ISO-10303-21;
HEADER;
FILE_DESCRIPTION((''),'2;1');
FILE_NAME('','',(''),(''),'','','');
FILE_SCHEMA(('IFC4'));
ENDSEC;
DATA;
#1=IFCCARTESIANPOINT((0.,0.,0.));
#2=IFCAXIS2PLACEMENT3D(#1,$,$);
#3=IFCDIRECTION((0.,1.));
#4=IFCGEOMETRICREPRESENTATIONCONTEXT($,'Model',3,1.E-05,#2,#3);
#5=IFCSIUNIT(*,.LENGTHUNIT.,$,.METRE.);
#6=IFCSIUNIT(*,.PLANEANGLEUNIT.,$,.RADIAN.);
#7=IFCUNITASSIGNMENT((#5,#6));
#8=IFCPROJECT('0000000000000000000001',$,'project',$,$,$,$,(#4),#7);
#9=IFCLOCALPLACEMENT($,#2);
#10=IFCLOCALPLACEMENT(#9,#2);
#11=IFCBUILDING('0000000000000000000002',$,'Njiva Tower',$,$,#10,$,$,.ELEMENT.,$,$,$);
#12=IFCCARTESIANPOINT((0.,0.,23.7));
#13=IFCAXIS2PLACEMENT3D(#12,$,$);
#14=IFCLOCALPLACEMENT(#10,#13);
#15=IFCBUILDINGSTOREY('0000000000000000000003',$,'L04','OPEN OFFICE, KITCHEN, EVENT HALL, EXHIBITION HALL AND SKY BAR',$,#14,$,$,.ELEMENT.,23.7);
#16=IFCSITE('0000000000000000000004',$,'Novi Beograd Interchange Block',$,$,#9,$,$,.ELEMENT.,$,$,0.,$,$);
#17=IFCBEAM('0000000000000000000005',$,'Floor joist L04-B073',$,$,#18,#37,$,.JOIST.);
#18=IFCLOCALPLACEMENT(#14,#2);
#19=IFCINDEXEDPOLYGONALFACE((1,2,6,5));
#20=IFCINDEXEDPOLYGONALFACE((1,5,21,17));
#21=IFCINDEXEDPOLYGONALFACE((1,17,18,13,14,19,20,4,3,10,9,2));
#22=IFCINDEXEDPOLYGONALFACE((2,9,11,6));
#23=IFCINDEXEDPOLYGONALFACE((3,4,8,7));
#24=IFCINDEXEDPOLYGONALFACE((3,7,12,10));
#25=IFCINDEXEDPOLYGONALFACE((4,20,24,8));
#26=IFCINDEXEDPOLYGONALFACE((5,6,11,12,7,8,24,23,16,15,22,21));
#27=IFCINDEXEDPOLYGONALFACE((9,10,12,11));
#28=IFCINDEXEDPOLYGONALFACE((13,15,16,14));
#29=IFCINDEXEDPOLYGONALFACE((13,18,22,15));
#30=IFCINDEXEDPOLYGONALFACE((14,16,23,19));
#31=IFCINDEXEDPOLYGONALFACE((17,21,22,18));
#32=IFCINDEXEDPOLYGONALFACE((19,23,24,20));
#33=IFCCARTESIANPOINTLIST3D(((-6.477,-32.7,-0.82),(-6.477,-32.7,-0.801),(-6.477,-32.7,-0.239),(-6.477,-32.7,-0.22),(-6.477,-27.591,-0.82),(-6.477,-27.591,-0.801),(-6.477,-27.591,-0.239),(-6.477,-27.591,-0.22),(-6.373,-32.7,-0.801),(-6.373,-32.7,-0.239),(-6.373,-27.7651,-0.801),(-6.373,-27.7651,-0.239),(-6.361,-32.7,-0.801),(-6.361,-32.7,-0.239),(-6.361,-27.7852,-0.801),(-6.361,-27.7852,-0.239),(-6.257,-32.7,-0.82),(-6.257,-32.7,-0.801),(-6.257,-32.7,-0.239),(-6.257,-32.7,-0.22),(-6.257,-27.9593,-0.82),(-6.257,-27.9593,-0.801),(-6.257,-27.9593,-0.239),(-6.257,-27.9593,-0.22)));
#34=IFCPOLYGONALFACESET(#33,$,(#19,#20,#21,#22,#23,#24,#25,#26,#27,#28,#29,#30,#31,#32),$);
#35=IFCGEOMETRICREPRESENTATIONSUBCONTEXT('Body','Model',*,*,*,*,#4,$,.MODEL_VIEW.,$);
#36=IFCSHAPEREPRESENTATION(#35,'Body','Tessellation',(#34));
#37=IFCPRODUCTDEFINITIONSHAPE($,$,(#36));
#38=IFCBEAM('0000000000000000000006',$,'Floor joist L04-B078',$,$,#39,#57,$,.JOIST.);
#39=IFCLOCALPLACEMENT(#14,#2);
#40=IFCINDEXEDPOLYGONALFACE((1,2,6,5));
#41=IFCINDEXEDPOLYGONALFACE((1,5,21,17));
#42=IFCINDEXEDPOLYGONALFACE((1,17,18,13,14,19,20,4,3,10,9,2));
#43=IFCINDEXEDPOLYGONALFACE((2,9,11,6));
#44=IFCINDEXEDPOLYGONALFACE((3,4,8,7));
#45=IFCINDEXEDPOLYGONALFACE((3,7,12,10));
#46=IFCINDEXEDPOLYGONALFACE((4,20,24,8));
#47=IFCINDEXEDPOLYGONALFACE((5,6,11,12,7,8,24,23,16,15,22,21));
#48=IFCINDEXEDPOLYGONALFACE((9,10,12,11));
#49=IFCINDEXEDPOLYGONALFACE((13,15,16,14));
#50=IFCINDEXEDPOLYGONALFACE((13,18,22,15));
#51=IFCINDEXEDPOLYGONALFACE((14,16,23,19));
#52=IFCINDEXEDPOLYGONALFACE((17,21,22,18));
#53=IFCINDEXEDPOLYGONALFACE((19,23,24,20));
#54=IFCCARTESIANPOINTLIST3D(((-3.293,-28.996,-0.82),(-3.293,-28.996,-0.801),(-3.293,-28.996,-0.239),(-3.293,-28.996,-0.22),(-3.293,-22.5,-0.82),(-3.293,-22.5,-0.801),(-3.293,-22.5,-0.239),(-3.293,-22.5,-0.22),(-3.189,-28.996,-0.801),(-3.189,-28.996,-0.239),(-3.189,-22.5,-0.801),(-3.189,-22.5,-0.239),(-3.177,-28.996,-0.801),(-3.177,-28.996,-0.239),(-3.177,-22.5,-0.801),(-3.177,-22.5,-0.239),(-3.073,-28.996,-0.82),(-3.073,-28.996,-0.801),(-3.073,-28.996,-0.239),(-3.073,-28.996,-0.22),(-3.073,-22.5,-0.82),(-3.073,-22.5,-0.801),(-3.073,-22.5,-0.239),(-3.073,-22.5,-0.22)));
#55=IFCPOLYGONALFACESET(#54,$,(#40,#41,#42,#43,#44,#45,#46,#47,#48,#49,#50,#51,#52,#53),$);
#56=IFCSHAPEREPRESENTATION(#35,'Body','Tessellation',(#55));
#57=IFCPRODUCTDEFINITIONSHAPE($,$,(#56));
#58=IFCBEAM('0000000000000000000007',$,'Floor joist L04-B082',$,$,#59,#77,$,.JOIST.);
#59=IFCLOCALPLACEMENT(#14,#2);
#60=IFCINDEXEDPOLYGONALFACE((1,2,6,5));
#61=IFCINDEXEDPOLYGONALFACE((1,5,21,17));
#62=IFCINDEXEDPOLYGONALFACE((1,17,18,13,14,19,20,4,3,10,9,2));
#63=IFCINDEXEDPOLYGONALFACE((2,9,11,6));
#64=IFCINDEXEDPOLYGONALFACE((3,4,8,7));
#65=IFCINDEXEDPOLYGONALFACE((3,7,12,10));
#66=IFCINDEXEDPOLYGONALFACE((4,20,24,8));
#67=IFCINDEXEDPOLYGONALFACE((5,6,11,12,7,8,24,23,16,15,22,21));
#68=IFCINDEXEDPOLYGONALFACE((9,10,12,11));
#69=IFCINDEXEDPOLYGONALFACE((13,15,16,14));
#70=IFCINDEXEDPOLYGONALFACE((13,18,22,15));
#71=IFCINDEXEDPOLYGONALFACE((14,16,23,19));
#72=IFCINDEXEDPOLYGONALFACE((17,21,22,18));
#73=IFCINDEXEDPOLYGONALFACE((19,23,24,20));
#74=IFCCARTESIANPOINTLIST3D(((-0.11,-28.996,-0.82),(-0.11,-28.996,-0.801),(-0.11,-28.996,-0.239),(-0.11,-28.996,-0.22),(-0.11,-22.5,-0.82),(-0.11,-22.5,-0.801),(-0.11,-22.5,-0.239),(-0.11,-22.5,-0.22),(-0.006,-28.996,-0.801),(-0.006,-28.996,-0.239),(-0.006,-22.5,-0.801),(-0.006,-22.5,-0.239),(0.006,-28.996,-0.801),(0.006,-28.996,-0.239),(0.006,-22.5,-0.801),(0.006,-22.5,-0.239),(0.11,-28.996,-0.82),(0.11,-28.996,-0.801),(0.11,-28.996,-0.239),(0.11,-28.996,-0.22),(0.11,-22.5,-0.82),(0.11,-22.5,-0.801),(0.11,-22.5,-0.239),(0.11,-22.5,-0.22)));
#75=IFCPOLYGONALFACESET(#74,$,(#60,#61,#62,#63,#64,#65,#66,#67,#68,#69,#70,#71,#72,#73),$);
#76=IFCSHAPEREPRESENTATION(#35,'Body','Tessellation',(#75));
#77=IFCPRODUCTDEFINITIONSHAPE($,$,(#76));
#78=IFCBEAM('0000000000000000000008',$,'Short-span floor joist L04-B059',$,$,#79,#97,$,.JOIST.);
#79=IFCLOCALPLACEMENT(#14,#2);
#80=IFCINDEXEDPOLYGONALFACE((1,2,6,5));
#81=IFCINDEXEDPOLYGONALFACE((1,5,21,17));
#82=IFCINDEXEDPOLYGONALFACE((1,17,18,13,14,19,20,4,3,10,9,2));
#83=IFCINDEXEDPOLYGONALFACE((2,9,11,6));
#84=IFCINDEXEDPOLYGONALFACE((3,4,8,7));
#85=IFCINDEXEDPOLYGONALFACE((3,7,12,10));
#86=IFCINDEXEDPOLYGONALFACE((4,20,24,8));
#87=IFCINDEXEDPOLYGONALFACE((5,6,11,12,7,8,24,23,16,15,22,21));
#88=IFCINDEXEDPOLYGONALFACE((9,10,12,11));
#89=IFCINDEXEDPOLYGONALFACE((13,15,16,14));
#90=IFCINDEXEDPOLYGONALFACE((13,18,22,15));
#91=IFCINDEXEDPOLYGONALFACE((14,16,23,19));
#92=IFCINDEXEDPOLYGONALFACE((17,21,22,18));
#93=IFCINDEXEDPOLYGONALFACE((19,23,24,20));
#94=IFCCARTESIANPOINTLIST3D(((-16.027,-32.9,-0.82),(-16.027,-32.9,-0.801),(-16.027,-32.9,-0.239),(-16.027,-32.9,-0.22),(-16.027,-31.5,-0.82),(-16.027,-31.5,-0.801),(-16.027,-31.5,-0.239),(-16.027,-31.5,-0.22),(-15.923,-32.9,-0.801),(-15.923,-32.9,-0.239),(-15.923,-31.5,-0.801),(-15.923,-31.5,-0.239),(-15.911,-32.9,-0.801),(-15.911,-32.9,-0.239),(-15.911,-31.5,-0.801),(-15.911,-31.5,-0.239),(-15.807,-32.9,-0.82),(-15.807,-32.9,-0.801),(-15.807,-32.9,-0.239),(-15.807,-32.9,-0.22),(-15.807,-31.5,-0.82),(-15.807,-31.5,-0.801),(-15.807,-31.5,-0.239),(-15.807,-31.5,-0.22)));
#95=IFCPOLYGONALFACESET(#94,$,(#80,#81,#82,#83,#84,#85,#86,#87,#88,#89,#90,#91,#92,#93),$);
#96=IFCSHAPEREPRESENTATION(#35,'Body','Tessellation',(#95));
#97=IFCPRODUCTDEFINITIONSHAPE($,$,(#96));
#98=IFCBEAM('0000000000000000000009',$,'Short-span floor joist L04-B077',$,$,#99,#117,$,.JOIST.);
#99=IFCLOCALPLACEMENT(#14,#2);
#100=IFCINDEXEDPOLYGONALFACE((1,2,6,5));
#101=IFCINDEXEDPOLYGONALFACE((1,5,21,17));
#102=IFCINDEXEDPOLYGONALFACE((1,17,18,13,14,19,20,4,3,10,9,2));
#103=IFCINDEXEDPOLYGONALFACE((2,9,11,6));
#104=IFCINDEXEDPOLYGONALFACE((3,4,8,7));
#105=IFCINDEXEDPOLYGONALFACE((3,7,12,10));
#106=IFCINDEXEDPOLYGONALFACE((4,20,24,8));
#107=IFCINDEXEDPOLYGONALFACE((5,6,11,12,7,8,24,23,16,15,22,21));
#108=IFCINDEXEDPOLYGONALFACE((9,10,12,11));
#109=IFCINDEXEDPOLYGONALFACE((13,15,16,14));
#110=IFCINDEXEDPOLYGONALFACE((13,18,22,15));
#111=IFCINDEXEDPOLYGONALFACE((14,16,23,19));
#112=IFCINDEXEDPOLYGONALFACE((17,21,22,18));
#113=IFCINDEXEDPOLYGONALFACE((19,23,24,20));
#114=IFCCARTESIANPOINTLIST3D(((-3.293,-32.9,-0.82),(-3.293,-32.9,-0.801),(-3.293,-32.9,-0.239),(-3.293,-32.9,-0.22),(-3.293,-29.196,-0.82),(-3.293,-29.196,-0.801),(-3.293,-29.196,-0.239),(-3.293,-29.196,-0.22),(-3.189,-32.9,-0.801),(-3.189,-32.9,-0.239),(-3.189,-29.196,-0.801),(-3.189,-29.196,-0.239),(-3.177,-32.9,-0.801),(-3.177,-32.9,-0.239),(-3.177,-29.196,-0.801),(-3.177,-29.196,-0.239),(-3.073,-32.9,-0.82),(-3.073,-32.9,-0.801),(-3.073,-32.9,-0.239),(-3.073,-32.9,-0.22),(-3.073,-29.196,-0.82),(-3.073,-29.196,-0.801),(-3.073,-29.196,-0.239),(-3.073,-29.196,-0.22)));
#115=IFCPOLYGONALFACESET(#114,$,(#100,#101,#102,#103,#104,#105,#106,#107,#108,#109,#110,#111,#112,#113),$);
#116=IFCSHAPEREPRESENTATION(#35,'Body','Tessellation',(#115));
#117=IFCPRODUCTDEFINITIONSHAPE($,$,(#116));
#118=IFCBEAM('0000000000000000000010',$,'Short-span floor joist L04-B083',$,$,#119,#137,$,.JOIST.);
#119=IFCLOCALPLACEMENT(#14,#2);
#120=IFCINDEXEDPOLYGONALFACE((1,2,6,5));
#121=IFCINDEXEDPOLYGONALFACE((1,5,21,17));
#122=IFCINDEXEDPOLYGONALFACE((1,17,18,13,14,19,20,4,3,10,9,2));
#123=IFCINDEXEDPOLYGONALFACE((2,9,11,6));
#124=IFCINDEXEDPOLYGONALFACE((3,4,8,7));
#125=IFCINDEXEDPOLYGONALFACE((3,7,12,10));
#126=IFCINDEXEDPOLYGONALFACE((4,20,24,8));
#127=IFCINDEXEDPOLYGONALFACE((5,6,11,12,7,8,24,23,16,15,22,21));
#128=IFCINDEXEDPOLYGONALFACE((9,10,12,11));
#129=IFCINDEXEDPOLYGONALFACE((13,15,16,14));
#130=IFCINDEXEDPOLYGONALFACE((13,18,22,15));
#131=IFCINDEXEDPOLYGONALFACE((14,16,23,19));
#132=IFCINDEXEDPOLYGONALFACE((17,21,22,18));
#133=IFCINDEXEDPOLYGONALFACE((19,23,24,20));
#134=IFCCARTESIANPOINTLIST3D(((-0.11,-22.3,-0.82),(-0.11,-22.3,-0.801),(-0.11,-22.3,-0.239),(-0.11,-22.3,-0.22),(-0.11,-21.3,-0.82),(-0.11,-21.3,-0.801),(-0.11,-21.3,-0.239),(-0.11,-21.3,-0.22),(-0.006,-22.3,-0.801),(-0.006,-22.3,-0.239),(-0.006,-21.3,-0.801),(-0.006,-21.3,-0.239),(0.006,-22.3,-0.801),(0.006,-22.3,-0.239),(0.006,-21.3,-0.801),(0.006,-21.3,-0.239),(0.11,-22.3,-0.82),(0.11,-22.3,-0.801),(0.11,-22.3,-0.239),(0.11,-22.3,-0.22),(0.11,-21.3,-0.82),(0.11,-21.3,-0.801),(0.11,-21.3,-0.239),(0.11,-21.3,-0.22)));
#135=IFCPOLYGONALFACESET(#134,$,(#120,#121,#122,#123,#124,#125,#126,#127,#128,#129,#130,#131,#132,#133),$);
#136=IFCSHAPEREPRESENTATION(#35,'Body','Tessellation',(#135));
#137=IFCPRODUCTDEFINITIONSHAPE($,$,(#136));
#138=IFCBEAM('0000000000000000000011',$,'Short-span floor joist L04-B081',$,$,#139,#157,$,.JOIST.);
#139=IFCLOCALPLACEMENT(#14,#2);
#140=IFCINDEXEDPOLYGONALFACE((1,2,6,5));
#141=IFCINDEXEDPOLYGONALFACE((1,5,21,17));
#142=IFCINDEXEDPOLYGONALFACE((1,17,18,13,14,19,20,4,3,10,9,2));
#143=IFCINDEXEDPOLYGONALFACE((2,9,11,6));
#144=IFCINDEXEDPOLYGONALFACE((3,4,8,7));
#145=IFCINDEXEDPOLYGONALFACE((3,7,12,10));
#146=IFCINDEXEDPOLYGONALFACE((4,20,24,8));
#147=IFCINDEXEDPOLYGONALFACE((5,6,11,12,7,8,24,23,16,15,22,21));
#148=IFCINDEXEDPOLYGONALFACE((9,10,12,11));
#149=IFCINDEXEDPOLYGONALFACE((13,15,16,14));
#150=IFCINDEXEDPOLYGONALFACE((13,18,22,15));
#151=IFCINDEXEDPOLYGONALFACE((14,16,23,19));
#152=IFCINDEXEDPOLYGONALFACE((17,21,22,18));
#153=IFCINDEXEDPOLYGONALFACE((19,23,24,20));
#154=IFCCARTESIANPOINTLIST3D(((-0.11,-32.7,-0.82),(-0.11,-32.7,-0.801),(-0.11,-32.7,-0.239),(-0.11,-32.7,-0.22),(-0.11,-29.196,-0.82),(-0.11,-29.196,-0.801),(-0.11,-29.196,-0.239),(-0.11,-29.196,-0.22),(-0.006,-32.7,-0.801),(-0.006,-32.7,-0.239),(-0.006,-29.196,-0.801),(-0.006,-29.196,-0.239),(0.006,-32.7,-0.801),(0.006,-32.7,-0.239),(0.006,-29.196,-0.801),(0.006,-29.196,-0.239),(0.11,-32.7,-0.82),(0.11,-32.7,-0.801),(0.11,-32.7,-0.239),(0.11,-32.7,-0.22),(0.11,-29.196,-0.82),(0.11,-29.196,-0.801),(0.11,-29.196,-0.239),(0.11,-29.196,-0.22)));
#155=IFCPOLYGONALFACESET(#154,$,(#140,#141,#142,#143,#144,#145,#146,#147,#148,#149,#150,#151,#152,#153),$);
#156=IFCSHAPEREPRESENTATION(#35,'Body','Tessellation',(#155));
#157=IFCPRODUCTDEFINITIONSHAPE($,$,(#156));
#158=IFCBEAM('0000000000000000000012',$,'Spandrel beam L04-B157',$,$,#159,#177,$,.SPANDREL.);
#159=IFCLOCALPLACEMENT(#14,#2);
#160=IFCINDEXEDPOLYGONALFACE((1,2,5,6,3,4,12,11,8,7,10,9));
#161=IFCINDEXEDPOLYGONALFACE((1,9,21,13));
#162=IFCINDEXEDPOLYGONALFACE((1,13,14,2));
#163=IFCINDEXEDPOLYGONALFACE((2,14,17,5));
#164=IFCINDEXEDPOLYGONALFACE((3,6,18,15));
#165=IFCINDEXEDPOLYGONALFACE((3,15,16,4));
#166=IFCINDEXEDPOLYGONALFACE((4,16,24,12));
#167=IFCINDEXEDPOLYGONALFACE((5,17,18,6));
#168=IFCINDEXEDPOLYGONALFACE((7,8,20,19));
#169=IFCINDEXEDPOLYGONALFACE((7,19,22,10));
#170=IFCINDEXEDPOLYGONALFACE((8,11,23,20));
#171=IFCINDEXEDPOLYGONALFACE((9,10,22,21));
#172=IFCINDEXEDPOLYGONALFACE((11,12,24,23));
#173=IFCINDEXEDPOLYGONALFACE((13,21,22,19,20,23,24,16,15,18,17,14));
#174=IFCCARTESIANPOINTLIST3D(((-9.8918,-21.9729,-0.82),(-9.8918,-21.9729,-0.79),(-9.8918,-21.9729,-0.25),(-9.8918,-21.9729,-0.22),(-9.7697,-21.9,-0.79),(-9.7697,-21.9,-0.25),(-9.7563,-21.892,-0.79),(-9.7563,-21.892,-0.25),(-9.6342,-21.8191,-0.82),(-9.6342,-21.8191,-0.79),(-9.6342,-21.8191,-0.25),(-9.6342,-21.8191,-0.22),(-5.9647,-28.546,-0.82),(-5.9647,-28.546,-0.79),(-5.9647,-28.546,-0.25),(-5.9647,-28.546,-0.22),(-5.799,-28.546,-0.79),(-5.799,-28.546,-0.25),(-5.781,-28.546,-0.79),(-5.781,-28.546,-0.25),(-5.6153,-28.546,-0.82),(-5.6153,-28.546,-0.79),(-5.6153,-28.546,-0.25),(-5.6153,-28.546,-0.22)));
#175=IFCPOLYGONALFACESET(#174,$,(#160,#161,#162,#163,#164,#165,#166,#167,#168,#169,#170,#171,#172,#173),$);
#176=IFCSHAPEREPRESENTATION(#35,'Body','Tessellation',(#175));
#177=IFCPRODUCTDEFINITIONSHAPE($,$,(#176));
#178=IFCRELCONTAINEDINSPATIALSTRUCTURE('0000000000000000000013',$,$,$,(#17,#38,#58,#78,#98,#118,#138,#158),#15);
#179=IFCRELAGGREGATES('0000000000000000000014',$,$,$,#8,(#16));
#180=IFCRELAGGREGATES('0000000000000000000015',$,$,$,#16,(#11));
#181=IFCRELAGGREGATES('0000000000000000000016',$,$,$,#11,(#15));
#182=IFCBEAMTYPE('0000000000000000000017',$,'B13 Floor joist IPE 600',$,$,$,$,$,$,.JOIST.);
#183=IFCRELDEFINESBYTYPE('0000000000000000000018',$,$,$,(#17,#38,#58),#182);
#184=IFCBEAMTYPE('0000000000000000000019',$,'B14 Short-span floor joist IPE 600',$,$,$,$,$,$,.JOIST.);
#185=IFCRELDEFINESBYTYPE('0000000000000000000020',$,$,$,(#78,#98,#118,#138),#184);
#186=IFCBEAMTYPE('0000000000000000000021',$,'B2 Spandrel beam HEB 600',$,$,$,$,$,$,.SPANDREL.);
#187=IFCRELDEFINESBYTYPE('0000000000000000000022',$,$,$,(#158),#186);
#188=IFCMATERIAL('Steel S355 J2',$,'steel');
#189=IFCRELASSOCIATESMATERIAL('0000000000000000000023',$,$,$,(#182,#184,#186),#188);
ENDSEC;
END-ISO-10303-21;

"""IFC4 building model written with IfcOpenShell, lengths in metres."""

from ifc_helpers import new_model, si_unit, direction, frame, origin, origin_2d, place, context, subcontext, project, spatial, i_section, extrude, clip, halfspace, material, material_profile, profile_set, type_object, element, save


model = new_model("IFC4")

# Units and contexts
model_context = context("Model", 3, precision=1e-05, world=origin(), true_north=direction((0.0, 1.0)))
body_context = subcontext(model_context, "Body", "Model", "MODEL_VIEW")
ifc_project = project(units=[si_unit("LENGTHUNIT", "METRE"), si_unit("PLANEANGLEUNIT", "RADIAN")], contexts=[model_context])

# Site, building, storey
site_placement = place(None, origin())
site = spatial("IfcSite", under=ifc_project, at=site_placement, Name="Novi Beograd Interchange Block", CompositionType="ELEMENT", RefElevation=0.0)
building_placement = place(site_placement, origin())
building = spatial("IfcBuilding", under=site, at=building_placement, Name="Njiva Tower", CompositionType="ELEMENT")
storey_placement = place(building_placement, frame((0.0, 0.0, 23.7)))
storey = spatial("IfcBuildingStorey", under=building, at=storey_placement, Name="L04", Description="OPEN OFFICE, KITCHEN, EVENT HALL, EXHIBITION HALL AND SKY BAR", CompositionType="ELEMENT", Elevation=23.7)

# Shared definitions
ifc_material_1 = material(Name="Steel S355 J2", Category="steel")

# Beams
ifc_material_profile_1 = material_profile(ifc_material_1, i_section(OverallWidth=0.22, OverallDepth=0.6, WebThickness=0.012, FlangeThickness=0.019, at=origin_2d()), Name="IPE 600")
ifc_profile_set_1 = profile_set([ifc_material_profile_1], Name="Steel S355 J2")
beam_type_1 = type_object("IfcBeamType", Name="B13 Floor joist IPE 600", PredefinedType="JOIST", material=ifc_profile_set_1)
beam_1_placement = place(storey_placement, frame((-6.367, -27.572, -0.52), z_axis=(0.0, -1.0, 0.0), x_axis=(1.0, 0.0, 0.0)))
element("IfcBeam", 1, at=beam_1_placement, inside=storey, type_object=beam_type_1, Name="Floor joist L04-B073", PredefinedType="JOIST", context=body_context, shape_type="Clipping", body=[
    clip(extrude(i_section(OverallWidth=0.22, OverallDepth=0.6, WebThickness=0.012, FlangeThickness=0.019, at=origin_2d()), origin(), (0.0, 0.0, 1.0), 5.128), halfspace(frame((0.0433, 0.0, 0.2756), z_axis=(0.858483, 0.0, -0.512842), x_axis=(0.0, -1.0, 0.0)), False)),
])
for number, where, z_axis, x_axis, name in (
    (2, (-3.183, -22.5, -0.52), (0.0, -1.0, 0.0), (1.0, 0.0, 0.0), "Floor joist L04-B078"),
    (3, (0.0, -22.5, -0.52), (0.0, -1.0, 0.0), (1.0, 0.0, 0.0), "Floor joist L04-B082"),
):
    element("IfcBeam", number, at=place(storey_placement, frame(where, z_axis=z_axis, x_axis=x_axis)), inside=storey, type_object=beam_type_1, Name=name, PredefinedType="JOIST", context=body_context, shape_type="SweptSolid", body=[
        extrude(i_section(OverallWidth=0.22, OverallDepth=0.6, WebThickness=0.012, FlangeThickness=0.019, at=origin_2d()), origin(), (0.0, 0.0, 1.0), 6.496),
    ])
ifc_material_profile_2 = material_profile(ifc_material_1, i_section(OverallWidth=0.22, OverallDepth=0.6, WebThickness=0.012, FlangeThickness=0.019, at=origin_2d()), Name="IPE 600")
ifc_profile_set_2 = profile_set([ifc_material_profile_2], Name="Steel S355 J2")
beam_type_2 = type_object("IfcBeamType", Name="B14 Short-span floor joist IPE 600", PredefinedType="JOIST", material=ifc_profile_set_2)
beam_2_placement = place(storey_placement, frame((-15.917, -31.5, -0.52), z_axis=(0.0, -1.0, 0.0), x_axis=(1.0, 0.0, 0.0)))
element("IfcBeam", 4, at=beam_2_placement, inside=storey, type_object=beam_type_2, Name="Short-span floor joist L04-B059", PredefinedType="JOIST", context=body_context, shape_type="SweptSolid", body=[
    extrude(i_section(OverallWidth=0.22, OverallDepth=0.6, WebThickness=0.012, FlangeThickness=0.019, at=origin_2d()), origin(), (0.0, 0.0, 1.0), 1.4),
])
beam_3_placement = place(storey_placement, frame((-3.183, -29.196, -0.52), z_axis=(0.0, -1.0, 0.0), x_axis=(1.0, 0.0, 0.0)))
element("IfcBeam", 5, at=beam_3_placement, inside=storey, type_object=beam_type_2, Name="Short-span floor joist L04-B077", PredefinedType="JOIST", context=body_context, shape_type="SweptSolid", body=[
    extrude(i_section(OverallWidth=0.22, OverallDepth=0.6, WebThickness=0.012, FlangeThickness=0.019, at=origin_2d()), origin(), (0.0, 0.0, 1.0), 3.704),
])
beam_4_placement = place(storey_placement, frame((0.0, -21.3, -0.52), z_axis=(0.0, -1.0, 0.0), x_axis=(1.0, 0.0, 0.0)))
element("IfcBeam", 6, at=beam_4_placement, inside=storey, type_object=beam_type_2, Name="Short-span floor joist L04-B083", PredefinedType="JOIST", context=body_context, shape_type="SweptSolid", body=[
    extrude(i_section(OverallWidth=0.22, OverallDepth=0.6, WebThickness=0.012, FlangeThickness=0.019, at=origin_2d()), origin(), (0.0, 0.0, 1.0), 1.0),
])
beam_5_placement = place(storey_placement, frame((0.0, -29.196, -0.52), z_axis=(0.0, -1.0, 0.0), x_axis=(1.0, 0.0, 0.0)))
element("IfcBeam", 7, at=beam_5_placement, inside=storey, type_object=beam_type_2, Name="Short-span floor joist L04-B081", PredefinedType="JOIST", context=body_context, shape_type="SweptSolid", body=[
    extrude(i_section(OverallWidth=0.22, OverallDepth=0.6, WebThickness=0.012, FlangeThickness=0.019, at=origin_2d()), origin(), (0.0, 0.0, 1.0), 3.504),
])
ifc_material_profile_3 = material_profile(ifc_material_1, i_section(OverallWidth=0.3, OverallDepth=0.6, WebThickness=0.0155, FlangeThickness=0.03, at=origin_2d()), Name="HEB 600")
ifc_profile_set_3 = profile_set([ifc_material_profile_3], Name="Steel S355 J2")
beam_type_3 = type_object("IfcBeamType", Name="B2 Spandrel beam HEB 600", PredefinedType="SPANDREL", material=ifc_profile_set_3)
beam_6_placement = place(storey_placement, frame((-9.763, -21.896, -0.52), z_axis=(0.512881, -0.85846, 0.0), x_axis=(0.85846, 0.512881, 0.0)))
element("IfcBeam", 8, at=beam_6_placement, inside=storey, type_object=beam_type_3, Name="Spandrel beam L04-B157", PredefinedType="SPANDREL", context=body_context, shape_type="Clipping", body=[
    clip(extrude(i_section(OverallWidth=0.3, OverallDepth=0.6, WebThickness=0.0155, FlangeThickness=0.03, at=origin_2d()), origin(), (0.0, 0.0, 1.0), 7.8564), halfspace(frame((-0.0257, 0.0, 7.7311), z_axis=(-0.512881, 0.0, 0.85846), x_axis=(0.0, 1.0, 0.0)), False)),
])

save(model, "model.ifc")
